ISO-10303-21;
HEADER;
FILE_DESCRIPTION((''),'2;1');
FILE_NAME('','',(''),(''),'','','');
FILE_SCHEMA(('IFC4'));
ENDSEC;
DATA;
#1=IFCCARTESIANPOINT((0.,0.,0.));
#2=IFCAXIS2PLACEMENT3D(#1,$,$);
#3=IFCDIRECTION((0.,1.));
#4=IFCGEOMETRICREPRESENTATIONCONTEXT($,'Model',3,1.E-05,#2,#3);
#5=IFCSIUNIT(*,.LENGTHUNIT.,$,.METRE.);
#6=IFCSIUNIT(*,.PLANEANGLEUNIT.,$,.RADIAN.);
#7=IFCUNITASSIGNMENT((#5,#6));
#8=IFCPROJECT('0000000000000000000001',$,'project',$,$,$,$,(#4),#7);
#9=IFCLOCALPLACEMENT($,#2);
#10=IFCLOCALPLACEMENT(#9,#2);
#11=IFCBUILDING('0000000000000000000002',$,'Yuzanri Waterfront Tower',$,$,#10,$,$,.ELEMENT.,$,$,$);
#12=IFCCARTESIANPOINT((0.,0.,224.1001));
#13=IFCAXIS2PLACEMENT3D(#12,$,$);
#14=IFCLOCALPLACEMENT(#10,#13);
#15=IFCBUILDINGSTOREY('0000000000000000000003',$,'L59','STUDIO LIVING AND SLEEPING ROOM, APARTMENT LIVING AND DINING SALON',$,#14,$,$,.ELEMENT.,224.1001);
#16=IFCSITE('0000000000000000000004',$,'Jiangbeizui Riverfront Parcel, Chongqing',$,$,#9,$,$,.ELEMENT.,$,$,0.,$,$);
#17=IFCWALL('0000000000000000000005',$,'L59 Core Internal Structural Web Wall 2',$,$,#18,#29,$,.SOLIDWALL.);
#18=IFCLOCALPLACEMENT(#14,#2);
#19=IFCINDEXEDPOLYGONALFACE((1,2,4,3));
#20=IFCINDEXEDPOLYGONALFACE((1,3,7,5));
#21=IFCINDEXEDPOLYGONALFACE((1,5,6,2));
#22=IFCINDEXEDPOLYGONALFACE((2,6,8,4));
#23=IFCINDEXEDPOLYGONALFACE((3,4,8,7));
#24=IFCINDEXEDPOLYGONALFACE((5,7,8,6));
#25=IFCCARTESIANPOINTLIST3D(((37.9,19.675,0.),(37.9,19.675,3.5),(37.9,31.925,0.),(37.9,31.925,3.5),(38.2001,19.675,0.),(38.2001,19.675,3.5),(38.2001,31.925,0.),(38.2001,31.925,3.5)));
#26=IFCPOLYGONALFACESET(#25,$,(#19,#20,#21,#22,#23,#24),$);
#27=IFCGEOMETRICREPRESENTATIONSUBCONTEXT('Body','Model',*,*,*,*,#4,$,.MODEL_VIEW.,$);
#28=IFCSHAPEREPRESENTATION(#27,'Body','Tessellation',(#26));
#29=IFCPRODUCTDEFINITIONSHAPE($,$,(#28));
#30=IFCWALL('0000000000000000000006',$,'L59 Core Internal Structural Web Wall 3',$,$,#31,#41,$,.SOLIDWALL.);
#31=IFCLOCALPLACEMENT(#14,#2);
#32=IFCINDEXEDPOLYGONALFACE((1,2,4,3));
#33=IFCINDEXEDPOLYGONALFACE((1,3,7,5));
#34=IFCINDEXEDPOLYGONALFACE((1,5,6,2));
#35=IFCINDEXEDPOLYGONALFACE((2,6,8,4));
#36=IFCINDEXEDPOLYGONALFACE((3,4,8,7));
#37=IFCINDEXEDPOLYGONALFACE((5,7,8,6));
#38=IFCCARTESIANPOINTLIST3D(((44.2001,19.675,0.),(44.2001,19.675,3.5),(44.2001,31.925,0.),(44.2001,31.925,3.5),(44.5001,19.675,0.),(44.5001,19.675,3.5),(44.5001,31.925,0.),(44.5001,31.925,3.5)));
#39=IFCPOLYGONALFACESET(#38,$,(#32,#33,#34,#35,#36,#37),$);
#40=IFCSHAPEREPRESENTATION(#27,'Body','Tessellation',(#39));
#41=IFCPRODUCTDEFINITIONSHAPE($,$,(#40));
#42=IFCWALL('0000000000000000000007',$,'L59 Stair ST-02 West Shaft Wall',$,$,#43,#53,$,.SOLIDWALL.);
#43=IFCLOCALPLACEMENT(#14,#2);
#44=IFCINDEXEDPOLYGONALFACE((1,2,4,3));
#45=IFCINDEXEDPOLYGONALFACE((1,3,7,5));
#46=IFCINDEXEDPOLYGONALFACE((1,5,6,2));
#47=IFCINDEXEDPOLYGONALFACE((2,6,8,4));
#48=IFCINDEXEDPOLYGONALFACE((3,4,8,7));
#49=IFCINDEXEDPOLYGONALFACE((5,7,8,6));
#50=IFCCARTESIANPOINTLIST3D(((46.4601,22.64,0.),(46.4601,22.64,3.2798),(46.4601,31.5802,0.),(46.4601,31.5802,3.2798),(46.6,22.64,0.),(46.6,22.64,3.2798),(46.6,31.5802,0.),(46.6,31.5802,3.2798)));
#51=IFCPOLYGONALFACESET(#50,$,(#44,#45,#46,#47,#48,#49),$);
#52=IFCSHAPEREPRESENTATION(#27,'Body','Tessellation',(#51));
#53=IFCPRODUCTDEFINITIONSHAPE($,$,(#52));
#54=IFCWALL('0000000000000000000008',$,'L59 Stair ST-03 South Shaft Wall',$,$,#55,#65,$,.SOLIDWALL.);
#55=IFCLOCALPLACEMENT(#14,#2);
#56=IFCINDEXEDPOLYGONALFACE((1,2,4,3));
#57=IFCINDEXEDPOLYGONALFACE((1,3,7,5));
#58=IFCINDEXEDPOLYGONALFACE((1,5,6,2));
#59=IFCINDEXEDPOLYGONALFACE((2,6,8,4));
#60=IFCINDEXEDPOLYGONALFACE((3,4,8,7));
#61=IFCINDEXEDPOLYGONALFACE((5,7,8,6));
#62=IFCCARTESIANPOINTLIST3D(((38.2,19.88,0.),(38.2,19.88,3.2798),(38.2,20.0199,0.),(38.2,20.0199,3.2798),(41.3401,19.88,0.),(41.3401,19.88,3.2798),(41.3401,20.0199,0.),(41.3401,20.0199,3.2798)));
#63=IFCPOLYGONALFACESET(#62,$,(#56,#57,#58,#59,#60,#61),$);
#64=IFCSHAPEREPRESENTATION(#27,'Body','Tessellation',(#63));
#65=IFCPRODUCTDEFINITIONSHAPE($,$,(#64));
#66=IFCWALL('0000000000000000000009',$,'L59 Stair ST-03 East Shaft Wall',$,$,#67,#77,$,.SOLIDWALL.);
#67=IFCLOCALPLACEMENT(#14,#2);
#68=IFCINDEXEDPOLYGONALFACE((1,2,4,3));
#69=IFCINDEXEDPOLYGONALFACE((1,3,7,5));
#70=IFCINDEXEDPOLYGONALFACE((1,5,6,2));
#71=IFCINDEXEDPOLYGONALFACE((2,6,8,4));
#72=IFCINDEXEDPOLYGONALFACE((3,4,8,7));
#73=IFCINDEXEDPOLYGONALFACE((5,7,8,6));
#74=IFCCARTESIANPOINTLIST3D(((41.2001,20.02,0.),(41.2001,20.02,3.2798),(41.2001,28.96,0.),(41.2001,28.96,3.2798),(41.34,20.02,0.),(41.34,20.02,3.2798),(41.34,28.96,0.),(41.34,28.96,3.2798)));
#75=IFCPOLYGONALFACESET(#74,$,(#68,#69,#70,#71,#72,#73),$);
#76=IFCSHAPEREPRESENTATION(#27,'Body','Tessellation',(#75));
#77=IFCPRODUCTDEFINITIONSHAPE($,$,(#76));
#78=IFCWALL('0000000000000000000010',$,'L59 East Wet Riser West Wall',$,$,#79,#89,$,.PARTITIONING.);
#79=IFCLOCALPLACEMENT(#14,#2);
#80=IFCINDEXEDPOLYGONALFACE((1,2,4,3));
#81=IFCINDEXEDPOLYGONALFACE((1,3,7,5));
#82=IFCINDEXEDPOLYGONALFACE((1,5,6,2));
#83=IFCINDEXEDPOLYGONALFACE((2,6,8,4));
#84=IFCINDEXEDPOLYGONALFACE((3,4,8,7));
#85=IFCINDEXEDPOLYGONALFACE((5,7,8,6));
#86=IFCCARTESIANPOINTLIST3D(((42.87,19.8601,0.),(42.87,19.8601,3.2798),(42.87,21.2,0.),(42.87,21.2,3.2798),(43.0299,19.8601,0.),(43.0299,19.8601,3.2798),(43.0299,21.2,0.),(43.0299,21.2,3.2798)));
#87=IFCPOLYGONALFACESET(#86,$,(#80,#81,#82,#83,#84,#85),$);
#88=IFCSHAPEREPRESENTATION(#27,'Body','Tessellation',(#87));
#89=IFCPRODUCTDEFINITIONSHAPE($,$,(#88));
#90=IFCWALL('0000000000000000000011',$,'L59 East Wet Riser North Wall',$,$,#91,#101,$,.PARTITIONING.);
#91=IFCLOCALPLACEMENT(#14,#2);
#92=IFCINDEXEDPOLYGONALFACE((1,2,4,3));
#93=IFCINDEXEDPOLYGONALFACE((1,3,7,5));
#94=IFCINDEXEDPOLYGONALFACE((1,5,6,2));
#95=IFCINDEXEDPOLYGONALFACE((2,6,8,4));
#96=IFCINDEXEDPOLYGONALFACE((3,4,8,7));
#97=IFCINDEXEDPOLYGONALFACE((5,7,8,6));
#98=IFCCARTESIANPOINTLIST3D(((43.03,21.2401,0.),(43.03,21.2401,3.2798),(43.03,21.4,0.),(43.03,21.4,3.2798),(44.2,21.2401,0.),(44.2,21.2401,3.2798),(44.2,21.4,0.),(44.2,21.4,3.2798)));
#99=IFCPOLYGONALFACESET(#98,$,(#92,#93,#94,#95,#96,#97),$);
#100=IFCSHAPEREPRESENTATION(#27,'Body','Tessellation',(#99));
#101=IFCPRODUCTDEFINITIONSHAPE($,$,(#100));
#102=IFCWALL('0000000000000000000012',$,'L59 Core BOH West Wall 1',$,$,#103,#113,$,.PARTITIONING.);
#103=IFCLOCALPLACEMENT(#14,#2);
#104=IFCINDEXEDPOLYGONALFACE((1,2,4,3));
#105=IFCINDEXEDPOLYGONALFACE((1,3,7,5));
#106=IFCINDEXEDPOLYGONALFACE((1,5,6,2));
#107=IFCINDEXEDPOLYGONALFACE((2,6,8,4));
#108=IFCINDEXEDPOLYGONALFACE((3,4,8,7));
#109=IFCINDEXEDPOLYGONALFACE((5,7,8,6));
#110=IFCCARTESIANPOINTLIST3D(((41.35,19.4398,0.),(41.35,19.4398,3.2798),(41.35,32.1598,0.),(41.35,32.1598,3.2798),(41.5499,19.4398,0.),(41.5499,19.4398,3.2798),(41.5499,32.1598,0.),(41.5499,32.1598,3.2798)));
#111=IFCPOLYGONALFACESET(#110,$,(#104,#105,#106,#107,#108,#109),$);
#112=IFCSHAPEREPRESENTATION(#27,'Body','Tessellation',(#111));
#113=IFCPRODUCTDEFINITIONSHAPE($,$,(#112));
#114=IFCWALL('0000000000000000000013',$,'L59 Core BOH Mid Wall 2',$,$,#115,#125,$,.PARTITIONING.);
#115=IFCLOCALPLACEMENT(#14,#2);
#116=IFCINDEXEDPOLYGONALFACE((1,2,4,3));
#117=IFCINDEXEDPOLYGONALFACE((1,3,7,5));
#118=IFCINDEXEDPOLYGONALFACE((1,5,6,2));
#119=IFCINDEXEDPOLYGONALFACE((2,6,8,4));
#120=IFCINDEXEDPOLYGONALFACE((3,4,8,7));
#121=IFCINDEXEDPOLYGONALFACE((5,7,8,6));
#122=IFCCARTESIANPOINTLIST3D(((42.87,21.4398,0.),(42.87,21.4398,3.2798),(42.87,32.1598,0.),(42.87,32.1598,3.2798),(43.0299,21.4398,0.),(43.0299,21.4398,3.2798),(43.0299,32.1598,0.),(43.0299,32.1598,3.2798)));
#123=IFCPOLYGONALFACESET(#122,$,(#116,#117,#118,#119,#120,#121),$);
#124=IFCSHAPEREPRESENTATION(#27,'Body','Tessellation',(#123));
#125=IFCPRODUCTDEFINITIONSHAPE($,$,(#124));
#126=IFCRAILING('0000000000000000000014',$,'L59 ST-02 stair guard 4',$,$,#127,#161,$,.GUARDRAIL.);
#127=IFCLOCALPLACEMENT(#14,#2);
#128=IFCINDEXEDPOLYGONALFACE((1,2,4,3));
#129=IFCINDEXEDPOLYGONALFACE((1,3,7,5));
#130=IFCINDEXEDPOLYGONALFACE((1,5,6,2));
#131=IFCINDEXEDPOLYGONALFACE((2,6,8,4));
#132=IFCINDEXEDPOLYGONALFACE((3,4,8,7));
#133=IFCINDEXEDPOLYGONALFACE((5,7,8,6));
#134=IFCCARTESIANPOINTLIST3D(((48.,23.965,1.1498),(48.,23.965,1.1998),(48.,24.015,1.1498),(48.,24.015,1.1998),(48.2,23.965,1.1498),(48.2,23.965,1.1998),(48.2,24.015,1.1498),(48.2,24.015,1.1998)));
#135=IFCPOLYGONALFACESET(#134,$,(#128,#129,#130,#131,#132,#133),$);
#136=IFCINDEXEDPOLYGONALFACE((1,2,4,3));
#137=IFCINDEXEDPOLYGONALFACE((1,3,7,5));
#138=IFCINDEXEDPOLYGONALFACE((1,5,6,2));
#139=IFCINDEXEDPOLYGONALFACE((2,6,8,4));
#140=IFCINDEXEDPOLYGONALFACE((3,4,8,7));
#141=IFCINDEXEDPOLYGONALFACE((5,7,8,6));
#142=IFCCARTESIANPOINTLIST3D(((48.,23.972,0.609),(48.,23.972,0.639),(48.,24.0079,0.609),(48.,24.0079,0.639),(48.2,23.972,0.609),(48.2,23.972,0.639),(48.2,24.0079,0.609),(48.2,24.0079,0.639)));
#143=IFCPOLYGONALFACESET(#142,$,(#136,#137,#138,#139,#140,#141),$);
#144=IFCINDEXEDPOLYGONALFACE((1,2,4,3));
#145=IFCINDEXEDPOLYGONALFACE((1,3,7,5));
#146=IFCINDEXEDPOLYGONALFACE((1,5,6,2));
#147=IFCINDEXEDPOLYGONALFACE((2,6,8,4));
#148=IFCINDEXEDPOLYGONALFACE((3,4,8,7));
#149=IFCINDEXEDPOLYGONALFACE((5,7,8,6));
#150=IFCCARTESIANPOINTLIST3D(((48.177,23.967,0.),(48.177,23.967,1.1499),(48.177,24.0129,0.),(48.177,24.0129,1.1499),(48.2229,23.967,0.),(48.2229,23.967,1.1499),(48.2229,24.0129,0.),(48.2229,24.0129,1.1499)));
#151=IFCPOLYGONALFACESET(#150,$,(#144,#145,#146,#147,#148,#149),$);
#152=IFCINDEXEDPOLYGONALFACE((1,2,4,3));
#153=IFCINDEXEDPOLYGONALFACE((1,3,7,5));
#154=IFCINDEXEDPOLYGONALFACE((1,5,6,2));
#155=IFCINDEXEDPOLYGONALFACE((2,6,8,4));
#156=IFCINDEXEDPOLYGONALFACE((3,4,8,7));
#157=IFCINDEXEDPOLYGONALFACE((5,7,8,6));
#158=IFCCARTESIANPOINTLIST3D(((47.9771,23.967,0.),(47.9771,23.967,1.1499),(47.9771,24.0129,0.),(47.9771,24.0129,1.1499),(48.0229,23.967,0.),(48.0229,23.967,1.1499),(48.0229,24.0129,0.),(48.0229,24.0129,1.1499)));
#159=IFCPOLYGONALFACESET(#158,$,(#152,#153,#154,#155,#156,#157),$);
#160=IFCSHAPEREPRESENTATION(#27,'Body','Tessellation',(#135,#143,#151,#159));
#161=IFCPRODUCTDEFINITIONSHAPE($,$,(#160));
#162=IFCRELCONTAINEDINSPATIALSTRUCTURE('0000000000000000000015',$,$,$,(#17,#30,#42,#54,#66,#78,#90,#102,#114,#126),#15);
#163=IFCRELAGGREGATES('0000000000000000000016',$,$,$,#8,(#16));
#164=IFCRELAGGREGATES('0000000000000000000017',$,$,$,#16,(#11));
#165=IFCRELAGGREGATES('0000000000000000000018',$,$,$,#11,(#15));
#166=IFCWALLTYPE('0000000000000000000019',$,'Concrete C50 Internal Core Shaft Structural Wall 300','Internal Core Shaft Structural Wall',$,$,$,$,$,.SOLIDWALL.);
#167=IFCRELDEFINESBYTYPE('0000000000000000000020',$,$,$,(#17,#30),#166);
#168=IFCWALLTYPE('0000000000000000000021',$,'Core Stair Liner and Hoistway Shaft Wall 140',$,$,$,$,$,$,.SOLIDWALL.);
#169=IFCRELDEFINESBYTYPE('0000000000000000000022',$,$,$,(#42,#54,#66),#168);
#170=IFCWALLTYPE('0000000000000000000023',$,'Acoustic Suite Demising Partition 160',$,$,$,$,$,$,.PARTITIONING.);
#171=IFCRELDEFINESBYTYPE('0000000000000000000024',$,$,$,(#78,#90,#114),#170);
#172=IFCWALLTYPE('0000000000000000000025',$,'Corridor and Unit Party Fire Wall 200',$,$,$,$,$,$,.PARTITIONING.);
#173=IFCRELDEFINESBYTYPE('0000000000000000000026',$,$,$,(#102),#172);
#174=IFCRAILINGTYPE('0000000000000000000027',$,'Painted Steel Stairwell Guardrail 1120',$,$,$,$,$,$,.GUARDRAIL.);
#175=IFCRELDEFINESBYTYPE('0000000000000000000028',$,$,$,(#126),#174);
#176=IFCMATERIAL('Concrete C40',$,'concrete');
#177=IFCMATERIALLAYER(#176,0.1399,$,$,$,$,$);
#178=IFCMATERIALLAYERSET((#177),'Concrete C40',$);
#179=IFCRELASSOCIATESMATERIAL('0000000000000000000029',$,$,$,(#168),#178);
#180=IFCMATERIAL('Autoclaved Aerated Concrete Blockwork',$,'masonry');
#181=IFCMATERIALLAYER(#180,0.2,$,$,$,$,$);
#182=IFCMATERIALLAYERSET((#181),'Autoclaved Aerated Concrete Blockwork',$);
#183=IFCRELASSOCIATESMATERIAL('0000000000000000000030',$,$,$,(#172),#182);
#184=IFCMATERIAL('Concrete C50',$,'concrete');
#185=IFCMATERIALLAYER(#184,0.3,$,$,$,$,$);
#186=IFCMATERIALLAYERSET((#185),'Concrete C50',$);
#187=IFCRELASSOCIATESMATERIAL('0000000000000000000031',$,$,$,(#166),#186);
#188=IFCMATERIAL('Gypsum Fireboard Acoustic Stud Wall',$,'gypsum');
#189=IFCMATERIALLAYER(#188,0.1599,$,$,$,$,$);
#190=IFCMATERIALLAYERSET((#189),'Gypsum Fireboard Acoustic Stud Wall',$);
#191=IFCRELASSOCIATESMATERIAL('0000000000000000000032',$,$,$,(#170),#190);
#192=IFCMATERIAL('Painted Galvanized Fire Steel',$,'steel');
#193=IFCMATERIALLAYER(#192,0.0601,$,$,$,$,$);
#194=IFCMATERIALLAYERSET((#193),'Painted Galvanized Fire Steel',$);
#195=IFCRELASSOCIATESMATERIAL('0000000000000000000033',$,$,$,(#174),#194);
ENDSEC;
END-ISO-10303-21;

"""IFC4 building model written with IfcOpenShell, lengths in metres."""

from ifc_helpers import new_model, si_unit, direction, frame, frame_2d, origin, origin_2d, place, context, subcontext, project, spatial, rectangle, extrude, source, transform, mapped, material, layer, layer_set, type_object, element, save


model = new_model("IFC4")

# Units and contexts
model_context = context("Model", 3, precision=1e-05, world=origin(), true_north=direction((0.0, 1.0)))
body_context = subcontext(model_context, "Body", "Model", "MODEL_VIEW")
ifc_project = project(units=[si_unit("LENGTHUNIT", "METRE"), si_unit("PLANEANGLEUNIT", "RADIAN")], contexts=[model_context])

# Site, building, storey
site_placement = place(None, origin())
site = spatial("IfcSite", under=ifc_project, at=site_placement, Name="Jiangbeizui Riverfront Parcel, Chongqing", CompositionType="ELEMENT", RefElevation=0.0)
building_placement = place(site_placement, origin())
building = spatial("IfcBuilding", under=site, at=building_placement, Name="Yuzanri Waterfront Tower", CompositionType="ELEMENT")
storey_placement = place(building_placement, frame((0.0, 0.0, 224.1001)))
storey = spatial("IfcBuildingStorey", under=building, at=storey_placement, Name="L59", Description="STUDIO LIVING AND SLEEPING ROOM, APARTMENT LIVING AND DINING SALON", CompositionType="ELEMENT", Elevation=224.1001)

# Shared definitions
ifc_material_1 = material(Name="Concrete C40", Category="concrete")
ifc_layer_1 = layer(ifc_material_1, 0.1399)
ifc_layer_set_1 = layer_set([ifc_layer_1], Name="Concrete C40")
wall_type_1 = type_object("IfcWallType", Name="Core Stair Liner and Hoistway Shaft Wall 140", PredefinedType="SOLIDWALL", material=ifc_layer_set_1)
ifc_material_2 = material(Name="Autoclaved Aerated Concrete Blockwork", Category="masonry")
ifc_layer_2 = layer(ifc_material_2, 0.2)
ifc_layer_set_2 = layer_set([ifc_layer_2], Name="Autoclaved Aerated Concrete Blockwork")
wall_type_2 = type_object("IfcWallType", Name="Corridor and Unit Party Fire Wall 200", PredefinedType="PARTITIONING", material=ifc_layer_set_2)

# Walls
ifc_material_3 = material(Name="Concrete C50", Category="concrete")
ifc_layer_3 = layer(ifc_material_3, 0.3)
ifc_layer_set_3 = layer_set([ifc_layer_3], Name="Concrete C50")
wall_type_3 = type_object("IfcWallType", Name="Concrete C50 Internal Core Shaft Structural Wall 300", Description="Internal Core Shaft Structural Wall", PredefinedType="SOLIDWALL", material=ifc_layer_set_3)
shared_shape_1 = source(origin(), body_context, "Body", "SweptSolid", [
    extrude(rectangle(XDim=12.25, YDim=0.3, at=frame_2d((6.125, 0.0))), origin(), (0.0, 0.0, 1.0), 3.5),
])
for number, where, z_axis, x_axis, name in (
    (1, (38.05, 19.675, 0.0), (0.0, 0.0, 1.0), (0.0, 1.0, 0.0), "L59 Core Internal Structural Web Wall 2"),
    (2, (44.3501, 19.675, 0.0), (0.0, 0.0, 1.0), (0.0, 1.0, 0.0), "L59 Core Internal Structural Web Wall 3"),
):
    element("IfcWall", number, at=place(storey_placement, frame(where, z_axis=z_axis, x_axis=x_axis)), inside=storey, type_object=wall_type_3, Name=name, PredefinedType="SOLIDWALL", context=body_context, shape_type="MappedRepresentation", body=[
        mapped(shared_shape_1, transform((0.0, 0.0, 0.0), scale=1.0)),
    ])
shared_shape_2 = source(origin(), body_context, "Body", "SweptSolid", [
    extrude(rectangle(XDim=8.9402, YDim=0.1399, at=frame_2d((4.4702, 0.0))), origin(), (0.0, 0.0, 1.0), 3.2798),
])
wall_1_placement = place(storey_placement, frame((46.53, 22.6399, 0.0), z_axis=(0.0, 0.0, 1.0), x_axis=(0.0, 1.0, 0.0)))
element("IfcWall", 3, at=wall_1_placement, inside=storey, type_object=wall_type_1, Name="L59 Stair ST-02 West Shaft Wall", PredefinedType="SOLIDWALL", context=body_context, shape_type="MappedRepresentation", body=[
    mapped(shared_shape_2, transform((0.0, 0.0, 0.0), scale=1.0)),
])
shared_shape_3 = source(origin(), body_context, "Body", "SweptSolid", [
    extrude(rectangle(XDim=3.1401, YDim=0.1399, at=frame_2d((1.5701, 0.0))), origin(), (0.0, 0.0, 1.0), 3.2798),
])
wall_2_placement = place(storey_placement, frame((38.2, 19.95, 0.0), z_axis=(0.0, 0.0, 1.0), x_axis=(1.0, 0.0, 0.0)))
element("IfcWall", 4, at=wall_2_placement, inside=storey, type_object=wall_type_1, Name="L59 Stair ST-03 South Shaft Wall", PredefinedType="SOLIDWALL", context=body_context, shape_type="MappedRepresentation", body=[
    mapped(shared_shape_3, transform((0.0, 0.0, 0.0), scale=1.0)),
])
shared_shape_4 = source(origin(), body_context, "Body", "SweptSolid", [
    extrude(rectangle(XDim=8.9399, YDim=0.1399, at=frame_2d((4.47, 0.0))), origin(), (0.0, 0.0, 1.0), 3.2798),
])
wall_3_placement = place(storey_placement, frame((41.27, 20.02, 0.0), z_axis=(0.0, 0.0, 1.0), x_axis=(0.0, 1.0, 0.0)))
element("IfcWall", 5, at=wall_3_placement, inside=storey, type_object=wall_type_1, Name="L59 Stair ST-03 East Shaft Wall", PredefinedType="SOLIDWALL", context=body_context, shape_type="MappedRepresentation", body=[
    mapped(shared_shape_4, transform((0.0, 0.0, 0.0), scale=1.0)),
])
ifc_material_4 = material(Name="Gypsum Fireboard Acoustic Stud Wall", Category="gypsum")
ifc_layer_4 = layer(ifc_material_4, 0.1599)
ifc_layer_set_4 = layer_set([ifc_layer_4], Name="Gypsum Fireboard Acoustic Stud Wall")
wall_type_4 = type_object("IfcWallType", Name="Acoustic Suite Demising Partition 160", PredefinedType="PARTITIONING", material=ifc_layer_set_4)
shared_shape_5 = source(origin(), body_context, "Body", "SweptSolid", [
    extrude(rectangle(XDim=1.3398, YDim=0.1599, at=frame_2d((0.6699, 0.0))), origin(), (0.0, 0.0, 1.0), 3.2798),
])
wall_4_placement = place(storey_placement, frame((42.95, 19.8601, 0.0), z_axis=(0.0, 0.0, 1.0), x_axis=(0.0, 1.0, 0.0)))
element("IfcWall", 6, at=wall_4_placement, inside=storey, type_object=wall_type_4, Name="L59 East Wet Riser West Wall", PredefinedType="PARTITIONING", context=body_context, shape_type="MappedRepresentation", body=[
    mapped(shared_shape_5, transform((0.0, 0.0, 0.0), scale=1.0)),
])
shared_shape_6 = source(origin(), body_context, "Body", "SweptSolid", [
    extrude(rectangle(XDim=1.1699, YDim=0.1599, at=frame_2d((0.585, 0.0))), origin(), (0.0, 0.0, 1.0), 3.2798),
])
wall_5_placement = place(storey_placement, frame((43.03, 21.3201, 0.0), z_axis=(0.0, 0.0, 1.0), x_axis=(1.0, 0.0, 0.0)))
element("IfcWall", 7, at=wall_5_placement, inside=storey, type_object=wall_type_4, Name="L59 East Wet Riser North Wall", PredefinedType="PARTITIONING", context=body_context, shape_type="MappedRepresentation", body=[
    mapped(shared_shape_6, transform((0.0, 0.0, 0.0), scale=1.0)),
])
shared_shape_7 = source(origin(), body_context, "Body", "SweptSolid", [
    extrude(rectangle(XDim=12.72, YDim=0.2, at=frame_2d((6.3599, 0.0))), origin(), (0.0, 0.0, 1.0), 3.2798),
])
wall_6_placement = place(storey_placement, frame((41.45, 19.4399, 0.0), z_axis=(0.0, 0.0, 1.0), x_axis=(0.0, 1.0, 0.0)))
element("IfcWall", 8, at=wall_6_placement, inside=storey, type_object=wall_type_2, Name="L59 Core BOH West Wall 1", PredefinedType="PARTITIONING", context=body_context, shape_type="MappedRepresentation", body=[
    mapped(shared_shape_7, transform((0.0, 0.0, 0.0), scale=1.0)),
])
shared_shape_8 = source(origin(), body_context, "Body", "SweptSolid", [
    extrude(rectangle(XDim=10.72, YDim=0.1599, at=frame_2d((5.3599, 0.0))), origin(), (0.0, 0.0, 1.0), 3.2798),
])
wall_7_placement = place(storey_placement, frame((42.95, 21.4399, 0.0), z_axis=(0.0, 0.0, 1.0), x_axis=(0.0, 1.0, 0.0)))
element("IfcWall", 9, at=wall_7_placement, inside=storey, type_object=wall_type_4, Name="L59 Core BOH Mid Wall 2", PredefinedType="PARTITIONING", context=body_context, shape_type="MappedRepresentation", body=[
    mapped(shared_shape_8, transform((0.0, 0.0, 0.0), scale=1.0)),
])

# Railing
ifc_material_5 = material(Name="Painted Galvanized Fire Steel", Category="steel")
ifc_layer_5 = layer(ifc_material_5, 0.0601)
ifc_layer_set_5 = layer_set([ifc_layer_5], Name="Painted Galvanized Fire Steel")
railing_type = type_object("IfcRailingType", Name="Painted Steel Stairwell Guardrail 1120", PredefinedType="GUARDRAIL", material=ifc_layer_set_5)
shared_shape_9 = source(origin(), body_context, "Body", "SweptSolid", [
    extrude(rectangle(XDim=0.05, YDim=0.05, at=origin_2d()), frame((0.0, 0.0, 1.1748), z_axis=(-1.0, 0.0, 0.0), x_axis=(0.0, -1.0, 0.0)), (0.0, 0.0, 1.0), 0.2),
    extrude(rectangle(XDim=0.0359, YDim=0.03, at=origin_2d()), frame((0.0, 0.0, 0.624), z_axis=(-1.0, 0.0, 0.0), x_axis=(0.0, -1.0, 0.0)), (0.0, 0.0, 1.0), 0.2),
    extrude(rectangle(XDim=0.0459, YDim=0.0459, at=origin_2d()), origin(), (0.0, 0.0, 1.0), 1.1499),
    extrude(rectangle(XDim=0.0459, YDim=0.0459, at=origin_2d()), frame((-0.2, 0.0, 0.0)), (0.0, 0.0, 1.0), 1.1499),
])
railing_1_placement = place(storey_placement, frame((48.2, 23.99, 0.0)))
element("IfcRailing", 10, at=railing_1_placement, inside=storey, type_object=railing_type, Name="L59 ST-02 stair guard 4", PredefinedType="GUARDRAIL", context=body_context, shape_type="MappedRepresentation", body=[
    mapped(shared_shape_9, transform((0.0, 0.0, 0.0), scale=1.0)),
])

save(model, "model.ifc")
